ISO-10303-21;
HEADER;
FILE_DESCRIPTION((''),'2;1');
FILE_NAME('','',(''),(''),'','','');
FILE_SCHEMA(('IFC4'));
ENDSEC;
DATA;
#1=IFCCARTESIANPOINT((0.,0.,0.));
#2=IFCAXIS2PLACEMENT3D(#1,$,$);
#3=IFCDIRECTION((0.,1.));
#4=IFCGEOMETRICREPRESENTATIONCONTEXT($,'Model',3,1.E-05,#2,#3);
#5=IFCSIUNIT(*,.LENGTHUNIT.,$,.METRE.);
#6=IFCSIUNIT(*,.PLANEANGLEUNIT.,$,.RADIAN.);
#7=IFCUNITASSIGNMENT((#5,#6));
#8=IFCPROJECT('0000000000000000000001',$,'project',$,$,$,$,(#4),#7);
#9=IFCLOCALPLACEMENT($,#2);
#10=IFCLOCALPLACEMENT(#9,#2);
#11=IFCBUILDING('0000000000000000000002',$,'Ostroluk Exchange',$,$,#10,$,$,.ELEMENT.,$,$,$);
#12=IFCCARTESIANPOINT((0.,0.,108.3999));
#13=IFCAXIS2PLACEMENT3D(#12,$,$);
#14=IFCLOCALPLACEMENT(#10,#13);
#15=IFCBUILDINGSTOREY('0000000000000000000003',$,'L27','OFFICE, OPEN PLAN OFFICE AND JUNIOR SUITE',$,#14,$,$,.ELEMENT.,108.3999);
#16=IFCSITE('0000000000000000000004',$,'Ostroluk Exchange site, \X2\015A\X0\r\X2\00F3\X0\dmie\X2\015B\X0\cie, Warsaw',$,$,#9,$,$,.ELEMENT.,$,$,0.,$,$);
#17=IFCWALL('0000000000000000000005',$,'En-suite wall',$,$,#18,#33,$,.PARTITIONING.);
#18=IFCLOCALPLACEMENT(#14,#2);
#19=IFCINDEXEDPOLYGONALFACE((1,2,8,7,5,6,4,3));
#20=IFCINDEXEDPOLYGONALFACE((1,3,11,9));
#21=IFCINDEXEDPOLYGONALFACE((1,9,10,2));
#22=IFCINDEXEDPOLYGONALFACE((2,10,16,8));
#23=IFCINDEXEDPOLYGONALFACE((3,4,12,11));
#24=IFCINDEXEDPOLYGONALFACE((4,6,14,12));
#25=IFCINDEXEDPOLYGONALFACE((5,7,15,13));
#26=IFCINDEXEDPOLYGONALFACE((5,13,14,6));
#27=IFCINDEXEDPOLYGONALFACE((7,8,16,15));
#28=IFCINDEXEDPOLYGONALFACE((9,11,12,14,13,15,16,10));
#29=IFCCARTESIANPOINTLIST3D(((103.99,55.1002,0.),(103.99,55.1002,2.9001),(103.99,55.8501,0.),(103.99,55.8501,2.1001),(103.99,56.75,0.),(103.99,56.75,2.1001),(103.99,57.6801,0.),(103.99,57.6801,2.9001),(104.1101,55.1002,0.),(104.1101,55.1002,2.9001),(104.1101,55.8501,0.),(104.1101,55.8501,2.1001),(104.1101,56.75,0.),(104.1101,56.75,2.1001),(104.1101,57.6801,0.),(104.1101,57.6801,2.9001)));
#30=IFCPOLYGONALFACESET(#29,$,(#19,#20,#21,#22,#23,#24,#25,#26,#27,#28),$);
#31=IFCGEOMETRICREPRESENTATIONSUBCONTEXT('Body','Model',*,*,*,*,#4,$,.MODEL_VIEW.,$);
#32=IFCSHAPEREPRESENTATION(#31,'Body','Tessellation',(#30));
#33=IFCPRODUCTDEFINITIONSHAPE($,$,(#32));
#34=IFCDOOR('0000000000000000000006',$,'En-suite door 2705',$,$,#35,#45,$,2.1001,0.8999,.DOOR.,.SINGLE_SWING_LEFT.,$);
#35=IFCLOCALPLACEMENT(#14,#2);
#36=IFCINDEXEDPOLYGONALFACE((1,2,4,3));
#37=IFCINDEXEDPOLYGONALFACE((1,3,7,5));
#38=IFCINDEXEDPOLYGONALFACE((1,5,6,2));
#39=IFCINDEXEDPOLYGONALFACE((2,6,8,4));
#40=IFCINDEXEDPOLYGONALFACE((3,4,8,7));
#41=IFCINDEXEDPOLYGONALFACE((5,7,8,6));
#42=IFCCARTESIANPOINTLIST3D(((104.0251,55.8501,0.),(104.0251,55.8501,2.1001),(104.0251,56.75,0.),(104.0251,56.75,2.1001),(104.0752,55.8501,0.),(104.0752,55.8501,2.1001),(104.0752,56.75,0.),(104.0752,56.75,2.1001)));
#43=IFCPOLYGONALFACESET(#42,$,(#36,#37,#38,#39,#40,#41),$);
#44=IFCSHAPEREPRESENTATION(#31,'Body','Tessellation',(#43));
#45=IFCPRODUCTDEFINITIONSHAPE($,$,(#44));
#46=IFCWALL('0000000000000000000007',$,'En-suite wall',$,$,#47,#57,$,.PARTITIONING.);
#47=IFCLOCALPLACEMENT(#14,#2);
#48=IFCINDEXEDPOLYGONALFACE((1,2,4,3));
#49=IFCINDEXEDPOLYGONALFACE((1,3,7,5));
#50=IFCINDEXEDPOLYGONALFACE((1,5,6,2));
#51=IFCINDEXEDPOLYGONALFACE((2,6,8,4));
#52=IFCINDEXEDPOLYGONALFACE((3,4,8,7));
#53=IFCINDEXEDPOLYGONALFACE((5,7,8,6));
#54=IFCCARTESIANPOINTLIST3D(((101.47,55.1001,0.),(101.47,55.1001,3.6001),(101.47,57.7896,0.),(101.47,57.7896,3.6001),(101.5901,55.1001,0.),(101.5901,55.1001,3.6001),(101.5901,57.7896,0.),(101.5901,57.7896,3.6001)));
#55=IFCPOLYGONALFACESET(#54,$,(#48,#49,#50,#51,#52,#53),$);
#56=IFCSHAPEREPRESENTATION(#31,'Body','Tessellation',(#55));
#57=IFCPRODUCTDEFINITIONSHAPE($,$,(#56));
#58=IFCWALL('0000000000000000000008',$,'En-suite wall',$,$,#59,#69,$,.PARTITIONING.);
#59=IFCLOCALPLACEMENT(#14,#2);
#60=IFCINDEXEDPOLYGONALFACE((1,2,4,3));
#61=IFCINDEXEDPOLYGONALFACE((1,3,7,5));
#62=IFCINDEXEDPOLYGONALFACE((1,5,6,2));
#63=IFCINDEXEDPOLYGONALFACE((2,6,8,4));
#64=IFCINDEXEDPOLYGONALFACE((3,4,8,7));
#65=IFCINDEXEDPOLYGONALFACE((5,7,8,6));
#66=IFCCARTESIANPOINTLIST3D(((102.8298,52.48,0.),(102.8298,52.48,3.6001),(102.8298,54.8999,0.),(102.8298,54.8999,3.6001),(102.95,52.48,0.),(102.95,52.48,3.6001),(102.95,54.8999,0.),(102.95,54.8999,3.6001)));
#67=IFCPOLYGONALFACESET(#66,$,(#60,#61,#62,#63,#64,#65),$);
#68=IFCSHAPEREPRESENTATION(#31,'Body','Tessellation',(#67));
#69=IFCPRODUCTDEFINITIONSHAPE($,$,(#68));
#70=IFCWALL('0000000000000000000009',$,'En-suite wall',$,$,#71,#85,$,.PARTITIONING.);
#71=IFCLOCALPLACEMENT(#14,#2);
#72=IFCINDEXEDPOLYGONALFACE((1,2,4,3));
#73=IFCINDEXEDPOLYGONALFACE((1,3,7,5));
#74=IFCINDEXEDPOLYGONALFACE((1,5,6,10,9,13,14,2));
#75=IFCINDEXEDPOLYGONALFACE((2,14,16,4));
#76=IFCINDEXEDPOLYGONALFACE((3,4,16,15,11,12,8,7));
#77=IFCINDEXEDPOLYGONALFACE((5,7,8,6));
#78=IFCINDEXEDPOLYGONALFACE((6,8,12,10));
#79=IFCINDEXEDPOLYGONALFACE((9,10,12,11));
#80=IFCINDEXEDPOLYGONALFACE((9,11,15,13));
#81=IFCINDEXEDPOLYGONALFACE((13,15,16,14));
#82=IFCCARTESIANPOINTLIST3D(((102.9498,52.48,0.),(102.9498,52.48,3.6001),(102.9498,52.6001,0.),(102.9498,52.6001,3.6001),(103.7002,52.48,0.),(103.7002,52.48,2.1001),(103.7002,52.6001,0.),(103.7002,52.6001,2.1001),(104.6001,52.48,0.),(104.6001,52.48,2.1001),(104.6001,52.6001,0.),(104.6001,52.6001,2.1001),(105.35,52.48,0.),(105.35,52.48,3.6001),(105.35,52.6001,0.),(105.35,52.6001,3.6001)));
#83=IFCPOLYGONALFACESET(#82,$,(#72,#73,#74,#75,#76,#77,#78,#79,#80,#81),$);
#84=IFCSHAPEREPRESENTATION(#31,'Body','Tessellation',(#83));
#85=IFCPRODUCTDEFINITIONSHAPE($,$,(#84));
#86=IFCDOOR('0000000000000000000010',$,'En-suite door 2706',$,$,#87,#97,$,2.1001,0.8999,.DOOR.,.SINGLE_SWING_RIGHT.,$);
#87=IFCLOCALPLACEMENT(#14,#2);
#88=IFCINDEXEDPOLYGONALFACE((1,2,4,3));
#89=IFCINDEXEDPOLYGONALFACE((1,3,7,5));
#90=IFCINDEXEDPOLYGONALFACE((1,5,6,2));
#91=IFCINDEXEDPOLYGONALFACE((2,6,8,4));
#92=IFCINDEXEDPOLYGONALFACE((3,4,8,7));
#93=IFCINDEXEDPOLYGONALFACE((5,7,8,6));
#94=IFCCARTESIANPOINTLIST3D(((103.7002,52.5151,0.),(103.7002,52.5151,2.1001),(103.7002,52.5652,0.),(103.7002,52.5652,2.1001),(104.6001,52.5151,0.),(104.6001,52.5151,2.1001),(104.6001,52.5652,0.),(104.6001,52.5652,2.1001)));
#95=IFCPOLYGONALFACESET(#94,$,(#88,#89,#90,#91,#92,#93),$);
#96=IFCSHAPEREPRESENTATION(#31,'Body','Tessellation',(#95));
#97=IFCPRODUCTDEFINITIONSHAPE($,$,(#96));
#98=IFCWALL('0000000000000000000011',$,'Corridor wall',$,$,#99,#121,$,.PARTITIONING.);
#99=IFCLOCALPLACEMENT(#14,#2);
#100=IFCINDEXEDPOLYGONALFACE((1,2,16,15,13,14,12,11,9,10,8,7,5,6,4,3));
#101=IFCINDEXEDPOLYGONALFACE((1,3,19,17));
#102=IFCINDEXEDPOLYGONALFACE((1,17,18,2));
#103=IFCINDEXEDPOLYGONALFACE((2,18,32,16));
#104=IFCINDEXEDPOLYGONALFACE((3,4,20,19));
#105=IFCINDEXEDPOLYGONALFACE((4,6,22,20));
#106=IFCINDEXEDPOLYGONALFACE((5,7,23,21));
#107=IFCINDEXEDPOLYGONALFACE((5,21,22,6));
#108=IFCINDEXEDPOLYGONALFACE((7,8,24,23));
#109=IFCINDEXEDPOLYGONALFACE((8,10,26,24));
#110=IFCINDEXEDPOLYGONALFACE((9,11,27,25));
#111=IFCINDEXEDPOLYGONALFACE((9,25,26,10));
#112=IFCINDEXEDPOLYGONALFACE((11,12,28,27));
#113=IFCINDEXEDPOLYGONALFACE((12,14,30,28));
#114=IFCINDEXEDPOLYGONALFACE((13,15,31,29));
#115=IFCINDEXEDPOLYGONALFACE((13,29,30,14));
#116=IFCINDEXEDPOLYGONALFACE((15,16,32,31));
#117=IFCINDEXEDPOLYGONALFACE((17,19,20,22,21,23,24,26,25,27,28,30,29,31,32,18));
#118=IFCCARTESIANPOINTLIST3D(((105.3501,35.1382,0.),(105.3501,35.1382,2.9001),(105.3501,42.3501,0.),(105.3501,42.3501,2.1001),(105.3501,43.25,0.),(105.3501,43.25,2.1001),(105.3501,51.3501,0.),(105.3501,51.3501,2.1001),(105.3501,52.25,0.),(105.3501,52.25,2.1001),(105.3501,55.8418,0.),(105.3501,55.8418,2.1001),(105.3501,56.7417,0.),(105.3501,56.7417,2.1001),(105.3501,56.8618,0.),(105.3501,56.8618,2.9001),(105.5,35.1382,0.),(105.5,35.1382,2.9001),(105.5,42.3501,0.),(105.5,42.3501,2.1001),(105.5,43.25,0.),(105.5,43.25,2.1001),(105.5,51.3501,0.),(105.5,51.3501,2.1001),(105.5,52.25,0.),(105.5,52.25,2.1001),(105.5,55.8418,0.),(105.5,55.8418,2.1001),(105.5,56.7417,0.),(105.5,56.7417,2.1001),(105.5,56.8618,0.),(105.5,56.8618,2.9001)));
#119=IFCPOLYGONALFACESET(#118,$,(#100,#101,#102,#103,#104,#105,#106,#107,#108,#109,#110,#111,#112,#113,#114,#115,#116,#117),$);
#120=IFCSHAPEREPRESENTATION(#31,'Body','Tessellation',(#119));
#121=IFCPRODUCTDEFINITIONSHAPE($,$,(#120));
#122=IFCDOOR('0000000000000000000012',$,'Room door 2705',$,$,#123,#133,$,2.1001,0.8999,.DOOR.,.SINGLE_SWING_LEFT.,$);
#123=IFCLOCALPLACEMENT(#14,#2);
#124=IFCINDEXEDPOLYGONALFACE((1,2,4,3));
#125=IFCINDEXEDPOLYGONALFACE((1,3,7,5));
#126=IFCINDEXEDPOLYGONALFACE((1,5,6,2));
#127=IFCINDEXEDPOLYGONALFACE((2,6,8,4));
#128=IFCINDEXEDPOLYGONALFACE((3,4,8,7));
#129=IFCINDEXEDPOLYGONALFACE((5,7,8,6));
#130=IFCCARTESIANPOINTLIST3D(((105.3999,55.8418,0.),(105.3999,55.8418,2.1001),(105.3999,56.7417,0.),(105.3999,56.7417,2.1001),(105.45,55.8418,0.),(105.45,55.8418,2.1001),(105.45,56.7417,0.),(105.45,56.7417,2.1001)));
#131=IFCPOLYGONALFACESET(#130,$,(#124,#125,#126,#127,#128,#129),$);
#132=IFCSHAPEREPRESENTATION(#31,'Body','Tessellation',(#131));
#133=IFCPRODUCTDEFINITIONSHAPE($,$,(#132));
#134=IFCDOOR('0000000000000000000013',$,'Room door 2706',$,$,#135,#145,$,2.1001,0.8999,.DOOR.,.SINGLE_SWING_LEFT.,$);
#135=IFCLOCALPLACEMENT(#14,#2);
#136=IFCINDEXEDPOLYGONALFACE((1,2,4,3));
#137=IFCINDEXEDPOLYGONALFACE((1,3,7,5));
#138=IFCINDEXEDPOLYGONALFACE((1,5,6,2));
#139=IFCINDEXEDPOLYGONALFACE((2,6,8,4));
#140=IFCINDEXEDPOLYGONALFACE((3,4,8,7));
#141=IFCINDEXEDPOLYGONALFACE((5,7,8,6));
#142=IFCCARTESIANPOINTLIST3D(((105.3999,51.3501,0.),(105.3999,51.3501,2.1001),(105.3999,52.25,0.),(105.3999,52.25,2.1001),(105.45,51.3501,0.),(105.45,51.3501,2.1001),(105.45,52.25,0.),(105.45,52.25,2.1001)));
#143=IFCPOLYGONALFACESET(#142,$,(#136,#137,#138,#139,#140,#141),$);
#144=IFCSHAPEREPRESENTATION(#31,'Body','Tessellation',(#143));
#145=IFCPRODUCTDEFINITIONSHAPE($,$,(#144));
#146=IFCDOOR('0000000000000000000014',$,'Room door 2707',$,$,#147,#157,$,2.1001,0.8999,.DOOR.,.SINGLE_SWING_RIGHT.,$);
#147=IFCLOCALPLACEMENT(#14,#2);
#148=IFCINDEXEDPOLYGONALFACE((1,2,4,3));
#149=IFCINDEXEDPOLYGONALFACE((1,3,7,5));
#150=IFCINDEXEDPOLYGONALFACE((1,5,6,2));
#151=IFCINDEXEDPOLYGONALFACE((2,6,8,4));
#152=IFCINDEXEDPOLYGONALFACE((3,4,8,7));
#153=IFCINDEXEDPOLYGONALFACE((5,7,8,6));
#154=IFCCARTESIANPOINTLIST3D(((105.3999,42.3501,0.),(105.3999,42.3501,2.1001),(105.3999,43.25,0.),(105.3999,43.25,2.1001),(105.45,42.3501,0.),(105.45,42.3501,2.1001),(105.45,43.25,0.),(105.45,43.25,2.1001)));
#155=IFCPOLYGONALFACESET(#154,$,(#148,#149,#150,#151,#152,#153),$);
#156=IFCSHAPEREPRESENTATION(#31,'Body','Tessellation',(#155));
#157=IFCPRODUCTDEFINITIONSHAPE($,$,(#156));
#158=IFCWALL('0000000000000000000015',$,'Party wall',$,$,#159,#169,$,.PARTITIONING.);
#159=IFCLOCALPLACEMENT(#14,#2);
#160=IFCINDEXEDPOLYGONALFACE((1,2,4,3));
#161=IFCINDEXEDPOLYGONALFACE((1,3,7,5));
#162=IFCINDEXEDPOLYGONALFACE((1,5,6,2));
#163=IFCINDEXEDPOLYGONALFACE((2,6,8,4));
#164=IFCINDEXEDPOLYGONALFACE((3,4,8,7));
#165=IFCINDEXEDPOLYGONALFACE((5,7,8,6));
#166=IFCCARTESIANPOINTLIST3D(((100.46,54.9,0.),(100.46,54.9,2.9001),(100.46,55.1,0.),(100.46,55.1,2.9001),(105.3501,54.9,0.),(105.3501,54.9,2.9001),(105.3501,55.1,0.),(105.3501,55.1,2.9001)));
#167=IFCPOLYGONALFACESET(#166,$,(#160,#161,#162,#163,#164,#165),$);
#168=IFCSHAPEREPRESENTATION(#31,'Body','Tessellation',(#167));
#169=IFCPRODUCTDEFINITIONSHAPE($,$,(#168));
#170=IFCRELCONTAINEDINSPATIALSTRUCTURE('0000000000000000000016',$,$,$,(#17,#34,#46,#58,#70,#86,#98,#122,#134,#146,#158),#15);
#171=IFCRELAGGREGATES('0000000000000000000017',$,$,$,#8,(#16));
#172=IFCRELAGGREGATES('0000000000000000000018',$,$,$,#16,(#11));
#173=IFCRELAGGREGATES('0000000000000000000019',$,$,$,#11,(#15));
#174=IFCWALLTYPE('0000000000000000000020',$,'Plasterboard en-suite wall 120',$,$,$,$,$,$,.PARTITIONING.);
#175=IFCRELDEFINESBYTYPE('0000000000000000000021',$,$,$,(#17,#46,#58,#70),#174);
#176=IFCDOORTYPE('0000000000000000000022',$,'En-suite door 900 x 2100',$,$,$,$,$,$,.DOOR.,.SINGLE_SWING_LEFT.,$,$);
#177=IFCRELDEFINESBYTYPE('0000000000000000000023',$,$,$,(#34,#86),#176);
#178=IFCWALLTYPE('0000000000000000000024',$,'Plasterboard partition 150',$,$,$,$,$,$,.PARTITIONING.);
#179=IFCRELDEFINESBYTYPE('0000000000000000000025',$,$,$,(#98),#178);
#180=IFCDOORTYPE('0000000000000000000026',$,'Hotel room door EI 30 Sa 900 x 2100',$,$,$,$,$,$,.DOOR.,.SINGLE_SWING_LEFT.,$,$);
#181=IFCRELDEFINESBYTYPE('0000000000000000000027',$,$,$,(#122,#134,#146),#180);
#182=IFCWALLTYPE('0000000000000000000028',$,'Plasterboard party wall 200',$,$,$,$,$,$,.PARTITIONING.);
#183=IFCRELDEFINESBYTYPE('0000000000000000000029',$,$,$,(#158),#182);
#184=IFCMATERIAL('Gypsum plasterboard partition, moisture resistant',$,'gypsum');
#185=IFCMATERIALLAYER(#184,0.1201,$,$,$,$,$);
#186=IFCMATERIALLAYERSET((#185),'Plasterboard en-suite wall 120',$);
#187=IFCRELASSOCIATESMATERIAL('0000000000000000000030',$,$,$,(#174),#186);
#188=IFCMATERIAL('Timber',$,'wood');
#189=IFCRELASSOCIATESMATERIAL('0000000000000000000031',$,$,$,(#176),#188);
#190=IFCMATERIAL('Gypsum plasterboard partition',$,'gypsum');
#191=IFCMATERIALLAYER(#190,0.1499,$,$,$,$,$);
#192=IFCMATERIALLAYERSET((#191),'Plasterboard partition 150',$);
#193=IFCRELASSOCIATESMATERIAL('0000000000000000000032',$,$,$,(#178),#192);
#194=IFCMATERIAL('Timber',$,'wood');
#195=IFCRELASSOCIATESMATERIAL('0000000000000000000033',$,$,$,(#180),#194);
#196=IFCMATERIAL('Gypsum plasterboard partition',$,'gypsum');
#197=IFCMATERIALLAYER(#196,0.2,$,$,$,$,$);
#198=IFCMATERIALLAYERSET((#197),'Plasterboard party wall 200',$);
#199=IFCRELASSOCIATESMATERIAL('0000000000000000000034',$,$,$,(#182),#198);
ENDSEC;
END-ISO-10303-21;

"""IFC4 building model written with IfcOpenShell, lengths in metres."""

from ifc_helpers import new_model, si_unit, direction, frame, frame_2d, origin, place, context, subcontext, project, spatial, rectangle, extrude, material, layer, layer_set, type_object, element, fill, save


model = new_model("IFC4")

# Units and contexts
model_context = context("Model", 3, precision=1e-05, world=origin(), true_north=direction((0.0, 1.0)))
body_context = subcontext(model_context, "Body", "Model", "MODEL_VIEW")
ifc_project = project(units=[si_unit("LENGTHUNIT", "METRE"), si_unit("PLANEANGLEUNIT", "RADIAN")], contexts=[model_context])

# Site, building, storey
site_placement = place(None, origin())
site = spatial("IfcSite", under=ifc_project, at=site_placement, Name="Ostroluk Exchange site, Śródmieście, Warsaw", CompositionType="ELEMENT", RefElevation=0.0)
building_placement = place(site_placement, origin())
building = spatial("IfcBuilding", under=site, at=building_placement, Name="Ostroluk Exchange", CompositionType="ELEMENT")
storey_placement = place(building_placement, frame((0.0, 0.0, 108.3999)))
storey = spatial("IfcBuildingStorey", under=building, at=storey_placement, Name="L27", Description="OFFICE, OPEN PLAN OFFICE AND JUNIOR SUITE", CompositionType="ELEMENT", Elevation=108.3999)

# Wall, opening, door
ifc_material_1 = material(Name="Gypsum plasterboard partition, moisture resistant", Category="gypsum")
ifc_layer_1 = layer(ifc_material_1, 0.1201)
ifc_layer_set_1 = layer_set([ifc_layer_1], Name="Plasterboard en-suite wall 120")
wall_type_1 = type_object("IfcWallType", Name="Plasterboard en-suite wall 120", PredefinedType="PARTITIONING", material=ifc_layer_set_1)
wall_1_placement = place(storey_placement, frame((104.05, 55.1001, 0.0), z_axis=(0.0, 0.0, 1.0), x_axis=(0.0, 1.0, 0.0)))
wall_1 = element("IfcWall", 1, at=wall_1_placement, inside=storey, type_object=wall_type_1, Name="En-suite wall", PredefinedType="PARTITIONING", context=body_context, shape_type="SweptSolid", body=[
    extrude(rectangle(XDim=2.5798, YDim=0.1201, at=frame_2d((1.29, 0.0))), origin(), (0.0, 0.0, 1.0), 2.9001),
])
opening_1_placement = place(wall_1_placement, frame((0.75, 0.0, 0.0)))
opening_1 = element("IfcOpeningElement", 2, at=opening_1_placement, cuts=wall_1, PredefinedType="OPENING", context=body_context, shape_type="SweptSolid", body=[
    extrude(rectangle(XDim=0.8999, YDim=2.1001, at=frame_2d((0.45, 1.05))), frame((0.0, 0.0701, 0.0), z_axis=(0.0, -1.0, 0.0), x_axis=(1.0, 0.0, 0.0)), (0.0, 0.0, 1.0), 0.1401),
])
ifc_material_2 = material(Name="Timber", Category="wood")
door_type_1 = type_object("IfcDoorType", Name="En-suite door 900 x 2100", OperationType="SINGLE_SWING_LEFT", PredefinedType="DOOR", material=ifc_material_2)
door_1_placement = place(opening_1_placement, origin())
door_1 = element("IfcDoor", 3, at=door_1_placement, inside=storey, type_object=door_type_1, Name="En-suite door 2705", OperationType="SINGLE_SWING_LEFT", OverallHeight=2.1001, OverallWidth=0.8999, PredefinedType="DOOR", context=body_context, shape_type="SweptSolid", body=[
    extrude(rectangle(XDim=0.8999, YDim=2.1001, at=frame_2d((0.45, 1.05))), frame((0.0, 0.0249, 0.0), z_axis=(0.0, -1.0, 0.0), x_axis=(1.0, 0.0, 0.0)), (0.0, 0.0, 1.0), 0.05),
])
fill(opening_1, door_1)

# Walls
wall_2_placement = place(storey_placement, frame((101.53, 55.1001, 0.0), z_axis=(0.0, 0.0, 1.0), x_axis=(0.0, 1.0, 0.0)))
element("IfcWall", 4, at=wall_2_placement, inside=storey, type_object=wall_type_1, Name="En-suite wall", PredefinedType="PARTITIONING", context=body_context, shape_type="SweptSolid", body=[
    extrude(rectangle(XDim=2.6895, YDim=0.1201, at=frame_2d((1.3447, 0.0))), origin(), (0.0, 0.0, 1.0), 3.6001),
])
wall_3_placement = place(storey_placement, frame((102.8899, 54.8999, 0.0), z_axis=(0.0, 0.0, 1.0), x_axis=(0.0, -1.0, 0.0)))
element("IfcWall", 5, at=wall_3_placement, inside=storey, type_object=wall_type_1, Name="En-suite wall", PredefinedType="PARTITIONING", context=body_context, shape_type="SweptSolid", body=[
    extrude(rectangle(XDim=2.4199, YDim=0.1201, at=frame_2d((1.21, 0.0))), origin(), (0.0, 0.0, 1.0), 3.6001),
])

# Wall, opening, door
wall_4_placement = place(storey_placement, frame((105.3501, 52.54, 0.0), z_axis=(0.0, 0.0, 1.0), x_axis=(-1.0, 0.0, 0.0)))
wall_4 = element("IfcWall", 6, at=wall_4_placement, inside=storey, type_object=wall_type_1, Name="En-suite wall", PredefinedType="PARTITIONING", context=body_context, shape_type="SweptSolid", body=[
    extrude(rectangle(XDim=2.4001, YDim=0.1201, at=frame_2d((1.2002, 0.0))), origin(), (0.0, 0.0, 1.0), 3.6001),
])
opening_2_placement = place(wall_4_placement, frame((0.75, 0.0, 0.0)))
opening_2 = element("IfcOpeningElement", 7, at=opening_2_placement, cuts=wall_4, PredefinedType="OPENING", context=body_context, shape_type="SweptSolid", body=[
    extrude(rectangle(XDim=0.8999, YDim=2.1001, at=frame_2d((0.45, 1.05))), frame((0.0, 0.0701, 0.0), z_axis=(0.0, -1.0, 0.0), x_axis=(1.0, 0.0, 0.0)), (0.0, 0.0, 1.0), 0.1401),
])
door_2_placement = place(opening_2_placement, origin())
door_2 = element("IfcDoor", 8, at=door_2_placement, inside=storey, type_object=door_type_1, Name="En-suite door 2706", OperationType="SINGLE_SWING_RIGHT", OverallHeight=2.1001, OverallWidth=0.8999, PredefinedType="DOOR", context=body_context, shape_type="SweptSolid", body=[
    extrude(rectangle(XDim=0.8999, YDim=2.1001, at=frame_2d((0.45, 1.05))), frame((0.0, 0.0249, 0.0), z_axis=(0.0, -1.0, 0.0), x_axis=(1.0, 0.0, 0.0)), (0.0, 0.0, 1.0), 0.05),
])
fill(opening_2, door_2)

# Wall, openings, doors
ifc_material_3 = material(Name="Gypsum plasterboard partition", Category="gypsum")
ifc_layer_2 = layer(ifc_material_3, 0.1499)
ifc_layer_set_2 = layer_set([ifc_layer_2], Name="Plasterboard partition 150")
wall_type_2 = type_object("IfcWallType", Name="Plasterboard partition 150", PredefinedType="PARTITIONING", material=ifc_layer_set_2)
wall_5_placement = place(storey_placement, frame((105.425, 56.8618, 0.0), z_axis=(0.0, 0.0, 1.0), x_axis=(0.0, -1.0, 0.0)))
wall_5 = element("IfcWall", 9, at=wall_5_placement, inside=storey, type_object=wall_type_2, Name="Corridor wall", PredefinedType="PARTITIONING", context=body_context, shape_type="SweptSolid", body=[
    extrude(rectangle(XDim=21.7236, YDim=0.1499, at=frame_2d((10.8618, 0.0))), origin(), (0.0, 0.0, 1.0), 2.9001),
])
opening_3_placement = place(wall_5_placement, frame((0.1201, 0.0, 0.0)))
opening_3 = element("IfcOpeningElement", 10, at=opening_3_placement, cuts=wall_5, PredefinedType="OPENING", context=body_context, shape_type="SweptSolid", body=[
    extrude(rectangle(XDim=0.8999, YDim=2.1001, at=frame_2d((0.45, 1.05))), frame((0.0, 0.085, 0.0), z_axis=(0.0, -1.0, 0.0), x_axis=(1.0, 0.0, 0.0)), (0.0, 0.0, 1.0), 0.1699),
])
opening_4_placement = place(wall_5_placement, frame((4.6118, 0.0, 0.0)))
opening_4 = element("IfcOpeningElement", 11, at=opening_4_placement, cuts=wall_5, PredefinedType="OPENING", context=body_context, shape_type="SweptSolid", body=[
    extrude(rectangle(XDim=0.8999, YDim=2.1001, at=frame_2d((0.45, 1.05))), frame((0.0, 0.085, 0.0), z_axis=(0.0, -1.0, 0.0), x_axis=(1.0, 0.0, 0.0)), (0.0, 0.0, 1.0), 0.1699),
])
opening_5_placement = place(wall_5_placement, frame((13.6118, 0.0, 0.0)))
opening_5 = element("IfcOpeningElement", 12, at=opening_5_placement, cuts=wall_5, PredefinedType="OPENING", context=body_context, shape_type="SweptSolid", body=[
    extrude(rectangle(XDim=0.8999, YDim=2.1001, at=frame_2d((0.45, 1.05))), frame((0.0, 0.085, 0.0), z_axis=(0.0, -1.0, 0.0), x_axis=(1.0, 0.0, 0.0)), (0.0, 0.0, 1.0), 0.1699),
])
ifc_material_4 = material(Name="Timber", Category="wood")
door_type_2 = type_object("IfcDoorType", Name="Hotel room door EI 30 Sa 900 x 2100", OperationType="SINGLE_SWING_LEFT", PredefinedType="DOOR", material=ifc_material_4)
door_3_placement = place(opening_3_placement, origin())
door_3 = element("IfcDoor", 13, at=door_3_placement, inside=storey, type_object=door_type_2, Name="Room door 2705", OperationType="SINGLE_SWING_LEFT", OverallHeight=2.1001, OverallWidth=0.8999, PredefinedType="DOOR", context=body_context, shape_type="SweptSolid", body=[
    extrude(rectangle(XDim=0.8999, YDim=2.1001, at=frame_2d((0.45, 1.05))), frame((0.0, 0.0249, 0.0), z_axis=(0.0, -1.0, 0.0), x_axis=(1.0, 0.0, 0.0)), (0.0, 0.0, 1.0), 0.05),
])
fill(opening_3, door_3)
door_4_placement = place(opening_4_placement, origin())
door_4 = element("IfcDoor", 14, at=door_4_placement, inside=storey, type_object=door_type_2, Name="Room door 2706", OperationType="SINGLE_SWING_LEFT", OverallHeight=2.1001, OverallWidth=0.8999, PredefinedType="DOOR", context=body_context, shape_type="SweptSolid", body=[
    extrude(rectangle(XDim=0.8999, YDim=2.1001, at=frame_2d((0.45, 1.05))), frame((0.0, 0.0249, 0.0), z_axis=(0.0, -1.0, 0.0), x_axis=(1.0, 0.0, 0.0)), (0.0, 0.0, 1.0), 0.05),
])
fill(opening_4, door_4)
door_5_placement = place(opening_5_placement, origin())
door_5 = element("IfcDoor", 15, at=door_5_placement, inside=storey, type_object=door_type_2, Name="Room door 2707", OperationType="SINGLE_SWING_RIGHT", OverallHeight=2.1001, OverallWidth=0.8999, PredefinedType="DOOR", context=body_context, shape_type="SweptSolid", body=[
    extrude(rectangle(XDim=0.8999, YDim=2.1001, at=frame_2d((0.45, 1.05))), frame((0.0, 0.0249, 0.0), z_axis=(0.0, -1.0, 0.0), x_axis=(1.0, 0.0, 0.0)), (0.0, 0.0, 1.0), 0.05),
])
fill(opening_5, door_5)

# Wall
ifc_material_5 = material(Name="Gypsum plasterboard partition", Category="gypsum")
ifc_layer_3 = layer(ifc_material_5, 0.2)
ifc_layer_set_3 = layer_set([ifc_layer_3], Name="Plasterboard party wall 200")
wall_type_3 = type_object("IfcWallType", Name="Plasterboard party wall 200", PredefinedType="PARTITIONING", material=ifc_layer_set_3)
wall_6_placement = place(storey_placement, frame((105.3501, 55.0, 0.0), z_axis=(0.0, 0.0, 1.0), x_axis=(-1.0, 0.0, 0.0)))
element("IfcWall", 16, at=wall_6_placement, inside=storey, type_object=wall_type_3, Name="Party wall", PredefinedType="PARTITIONING", context=body_context, shape_type="SweptSolid", body=[
    extrude(rectangle(XDim=4.8901, YDim=0.2, at=frame_2d((2.4451, 0.0))), origin(), (0.0, 0.0, 1.0), 2.9001),
])

save(model, "model.ifc")
